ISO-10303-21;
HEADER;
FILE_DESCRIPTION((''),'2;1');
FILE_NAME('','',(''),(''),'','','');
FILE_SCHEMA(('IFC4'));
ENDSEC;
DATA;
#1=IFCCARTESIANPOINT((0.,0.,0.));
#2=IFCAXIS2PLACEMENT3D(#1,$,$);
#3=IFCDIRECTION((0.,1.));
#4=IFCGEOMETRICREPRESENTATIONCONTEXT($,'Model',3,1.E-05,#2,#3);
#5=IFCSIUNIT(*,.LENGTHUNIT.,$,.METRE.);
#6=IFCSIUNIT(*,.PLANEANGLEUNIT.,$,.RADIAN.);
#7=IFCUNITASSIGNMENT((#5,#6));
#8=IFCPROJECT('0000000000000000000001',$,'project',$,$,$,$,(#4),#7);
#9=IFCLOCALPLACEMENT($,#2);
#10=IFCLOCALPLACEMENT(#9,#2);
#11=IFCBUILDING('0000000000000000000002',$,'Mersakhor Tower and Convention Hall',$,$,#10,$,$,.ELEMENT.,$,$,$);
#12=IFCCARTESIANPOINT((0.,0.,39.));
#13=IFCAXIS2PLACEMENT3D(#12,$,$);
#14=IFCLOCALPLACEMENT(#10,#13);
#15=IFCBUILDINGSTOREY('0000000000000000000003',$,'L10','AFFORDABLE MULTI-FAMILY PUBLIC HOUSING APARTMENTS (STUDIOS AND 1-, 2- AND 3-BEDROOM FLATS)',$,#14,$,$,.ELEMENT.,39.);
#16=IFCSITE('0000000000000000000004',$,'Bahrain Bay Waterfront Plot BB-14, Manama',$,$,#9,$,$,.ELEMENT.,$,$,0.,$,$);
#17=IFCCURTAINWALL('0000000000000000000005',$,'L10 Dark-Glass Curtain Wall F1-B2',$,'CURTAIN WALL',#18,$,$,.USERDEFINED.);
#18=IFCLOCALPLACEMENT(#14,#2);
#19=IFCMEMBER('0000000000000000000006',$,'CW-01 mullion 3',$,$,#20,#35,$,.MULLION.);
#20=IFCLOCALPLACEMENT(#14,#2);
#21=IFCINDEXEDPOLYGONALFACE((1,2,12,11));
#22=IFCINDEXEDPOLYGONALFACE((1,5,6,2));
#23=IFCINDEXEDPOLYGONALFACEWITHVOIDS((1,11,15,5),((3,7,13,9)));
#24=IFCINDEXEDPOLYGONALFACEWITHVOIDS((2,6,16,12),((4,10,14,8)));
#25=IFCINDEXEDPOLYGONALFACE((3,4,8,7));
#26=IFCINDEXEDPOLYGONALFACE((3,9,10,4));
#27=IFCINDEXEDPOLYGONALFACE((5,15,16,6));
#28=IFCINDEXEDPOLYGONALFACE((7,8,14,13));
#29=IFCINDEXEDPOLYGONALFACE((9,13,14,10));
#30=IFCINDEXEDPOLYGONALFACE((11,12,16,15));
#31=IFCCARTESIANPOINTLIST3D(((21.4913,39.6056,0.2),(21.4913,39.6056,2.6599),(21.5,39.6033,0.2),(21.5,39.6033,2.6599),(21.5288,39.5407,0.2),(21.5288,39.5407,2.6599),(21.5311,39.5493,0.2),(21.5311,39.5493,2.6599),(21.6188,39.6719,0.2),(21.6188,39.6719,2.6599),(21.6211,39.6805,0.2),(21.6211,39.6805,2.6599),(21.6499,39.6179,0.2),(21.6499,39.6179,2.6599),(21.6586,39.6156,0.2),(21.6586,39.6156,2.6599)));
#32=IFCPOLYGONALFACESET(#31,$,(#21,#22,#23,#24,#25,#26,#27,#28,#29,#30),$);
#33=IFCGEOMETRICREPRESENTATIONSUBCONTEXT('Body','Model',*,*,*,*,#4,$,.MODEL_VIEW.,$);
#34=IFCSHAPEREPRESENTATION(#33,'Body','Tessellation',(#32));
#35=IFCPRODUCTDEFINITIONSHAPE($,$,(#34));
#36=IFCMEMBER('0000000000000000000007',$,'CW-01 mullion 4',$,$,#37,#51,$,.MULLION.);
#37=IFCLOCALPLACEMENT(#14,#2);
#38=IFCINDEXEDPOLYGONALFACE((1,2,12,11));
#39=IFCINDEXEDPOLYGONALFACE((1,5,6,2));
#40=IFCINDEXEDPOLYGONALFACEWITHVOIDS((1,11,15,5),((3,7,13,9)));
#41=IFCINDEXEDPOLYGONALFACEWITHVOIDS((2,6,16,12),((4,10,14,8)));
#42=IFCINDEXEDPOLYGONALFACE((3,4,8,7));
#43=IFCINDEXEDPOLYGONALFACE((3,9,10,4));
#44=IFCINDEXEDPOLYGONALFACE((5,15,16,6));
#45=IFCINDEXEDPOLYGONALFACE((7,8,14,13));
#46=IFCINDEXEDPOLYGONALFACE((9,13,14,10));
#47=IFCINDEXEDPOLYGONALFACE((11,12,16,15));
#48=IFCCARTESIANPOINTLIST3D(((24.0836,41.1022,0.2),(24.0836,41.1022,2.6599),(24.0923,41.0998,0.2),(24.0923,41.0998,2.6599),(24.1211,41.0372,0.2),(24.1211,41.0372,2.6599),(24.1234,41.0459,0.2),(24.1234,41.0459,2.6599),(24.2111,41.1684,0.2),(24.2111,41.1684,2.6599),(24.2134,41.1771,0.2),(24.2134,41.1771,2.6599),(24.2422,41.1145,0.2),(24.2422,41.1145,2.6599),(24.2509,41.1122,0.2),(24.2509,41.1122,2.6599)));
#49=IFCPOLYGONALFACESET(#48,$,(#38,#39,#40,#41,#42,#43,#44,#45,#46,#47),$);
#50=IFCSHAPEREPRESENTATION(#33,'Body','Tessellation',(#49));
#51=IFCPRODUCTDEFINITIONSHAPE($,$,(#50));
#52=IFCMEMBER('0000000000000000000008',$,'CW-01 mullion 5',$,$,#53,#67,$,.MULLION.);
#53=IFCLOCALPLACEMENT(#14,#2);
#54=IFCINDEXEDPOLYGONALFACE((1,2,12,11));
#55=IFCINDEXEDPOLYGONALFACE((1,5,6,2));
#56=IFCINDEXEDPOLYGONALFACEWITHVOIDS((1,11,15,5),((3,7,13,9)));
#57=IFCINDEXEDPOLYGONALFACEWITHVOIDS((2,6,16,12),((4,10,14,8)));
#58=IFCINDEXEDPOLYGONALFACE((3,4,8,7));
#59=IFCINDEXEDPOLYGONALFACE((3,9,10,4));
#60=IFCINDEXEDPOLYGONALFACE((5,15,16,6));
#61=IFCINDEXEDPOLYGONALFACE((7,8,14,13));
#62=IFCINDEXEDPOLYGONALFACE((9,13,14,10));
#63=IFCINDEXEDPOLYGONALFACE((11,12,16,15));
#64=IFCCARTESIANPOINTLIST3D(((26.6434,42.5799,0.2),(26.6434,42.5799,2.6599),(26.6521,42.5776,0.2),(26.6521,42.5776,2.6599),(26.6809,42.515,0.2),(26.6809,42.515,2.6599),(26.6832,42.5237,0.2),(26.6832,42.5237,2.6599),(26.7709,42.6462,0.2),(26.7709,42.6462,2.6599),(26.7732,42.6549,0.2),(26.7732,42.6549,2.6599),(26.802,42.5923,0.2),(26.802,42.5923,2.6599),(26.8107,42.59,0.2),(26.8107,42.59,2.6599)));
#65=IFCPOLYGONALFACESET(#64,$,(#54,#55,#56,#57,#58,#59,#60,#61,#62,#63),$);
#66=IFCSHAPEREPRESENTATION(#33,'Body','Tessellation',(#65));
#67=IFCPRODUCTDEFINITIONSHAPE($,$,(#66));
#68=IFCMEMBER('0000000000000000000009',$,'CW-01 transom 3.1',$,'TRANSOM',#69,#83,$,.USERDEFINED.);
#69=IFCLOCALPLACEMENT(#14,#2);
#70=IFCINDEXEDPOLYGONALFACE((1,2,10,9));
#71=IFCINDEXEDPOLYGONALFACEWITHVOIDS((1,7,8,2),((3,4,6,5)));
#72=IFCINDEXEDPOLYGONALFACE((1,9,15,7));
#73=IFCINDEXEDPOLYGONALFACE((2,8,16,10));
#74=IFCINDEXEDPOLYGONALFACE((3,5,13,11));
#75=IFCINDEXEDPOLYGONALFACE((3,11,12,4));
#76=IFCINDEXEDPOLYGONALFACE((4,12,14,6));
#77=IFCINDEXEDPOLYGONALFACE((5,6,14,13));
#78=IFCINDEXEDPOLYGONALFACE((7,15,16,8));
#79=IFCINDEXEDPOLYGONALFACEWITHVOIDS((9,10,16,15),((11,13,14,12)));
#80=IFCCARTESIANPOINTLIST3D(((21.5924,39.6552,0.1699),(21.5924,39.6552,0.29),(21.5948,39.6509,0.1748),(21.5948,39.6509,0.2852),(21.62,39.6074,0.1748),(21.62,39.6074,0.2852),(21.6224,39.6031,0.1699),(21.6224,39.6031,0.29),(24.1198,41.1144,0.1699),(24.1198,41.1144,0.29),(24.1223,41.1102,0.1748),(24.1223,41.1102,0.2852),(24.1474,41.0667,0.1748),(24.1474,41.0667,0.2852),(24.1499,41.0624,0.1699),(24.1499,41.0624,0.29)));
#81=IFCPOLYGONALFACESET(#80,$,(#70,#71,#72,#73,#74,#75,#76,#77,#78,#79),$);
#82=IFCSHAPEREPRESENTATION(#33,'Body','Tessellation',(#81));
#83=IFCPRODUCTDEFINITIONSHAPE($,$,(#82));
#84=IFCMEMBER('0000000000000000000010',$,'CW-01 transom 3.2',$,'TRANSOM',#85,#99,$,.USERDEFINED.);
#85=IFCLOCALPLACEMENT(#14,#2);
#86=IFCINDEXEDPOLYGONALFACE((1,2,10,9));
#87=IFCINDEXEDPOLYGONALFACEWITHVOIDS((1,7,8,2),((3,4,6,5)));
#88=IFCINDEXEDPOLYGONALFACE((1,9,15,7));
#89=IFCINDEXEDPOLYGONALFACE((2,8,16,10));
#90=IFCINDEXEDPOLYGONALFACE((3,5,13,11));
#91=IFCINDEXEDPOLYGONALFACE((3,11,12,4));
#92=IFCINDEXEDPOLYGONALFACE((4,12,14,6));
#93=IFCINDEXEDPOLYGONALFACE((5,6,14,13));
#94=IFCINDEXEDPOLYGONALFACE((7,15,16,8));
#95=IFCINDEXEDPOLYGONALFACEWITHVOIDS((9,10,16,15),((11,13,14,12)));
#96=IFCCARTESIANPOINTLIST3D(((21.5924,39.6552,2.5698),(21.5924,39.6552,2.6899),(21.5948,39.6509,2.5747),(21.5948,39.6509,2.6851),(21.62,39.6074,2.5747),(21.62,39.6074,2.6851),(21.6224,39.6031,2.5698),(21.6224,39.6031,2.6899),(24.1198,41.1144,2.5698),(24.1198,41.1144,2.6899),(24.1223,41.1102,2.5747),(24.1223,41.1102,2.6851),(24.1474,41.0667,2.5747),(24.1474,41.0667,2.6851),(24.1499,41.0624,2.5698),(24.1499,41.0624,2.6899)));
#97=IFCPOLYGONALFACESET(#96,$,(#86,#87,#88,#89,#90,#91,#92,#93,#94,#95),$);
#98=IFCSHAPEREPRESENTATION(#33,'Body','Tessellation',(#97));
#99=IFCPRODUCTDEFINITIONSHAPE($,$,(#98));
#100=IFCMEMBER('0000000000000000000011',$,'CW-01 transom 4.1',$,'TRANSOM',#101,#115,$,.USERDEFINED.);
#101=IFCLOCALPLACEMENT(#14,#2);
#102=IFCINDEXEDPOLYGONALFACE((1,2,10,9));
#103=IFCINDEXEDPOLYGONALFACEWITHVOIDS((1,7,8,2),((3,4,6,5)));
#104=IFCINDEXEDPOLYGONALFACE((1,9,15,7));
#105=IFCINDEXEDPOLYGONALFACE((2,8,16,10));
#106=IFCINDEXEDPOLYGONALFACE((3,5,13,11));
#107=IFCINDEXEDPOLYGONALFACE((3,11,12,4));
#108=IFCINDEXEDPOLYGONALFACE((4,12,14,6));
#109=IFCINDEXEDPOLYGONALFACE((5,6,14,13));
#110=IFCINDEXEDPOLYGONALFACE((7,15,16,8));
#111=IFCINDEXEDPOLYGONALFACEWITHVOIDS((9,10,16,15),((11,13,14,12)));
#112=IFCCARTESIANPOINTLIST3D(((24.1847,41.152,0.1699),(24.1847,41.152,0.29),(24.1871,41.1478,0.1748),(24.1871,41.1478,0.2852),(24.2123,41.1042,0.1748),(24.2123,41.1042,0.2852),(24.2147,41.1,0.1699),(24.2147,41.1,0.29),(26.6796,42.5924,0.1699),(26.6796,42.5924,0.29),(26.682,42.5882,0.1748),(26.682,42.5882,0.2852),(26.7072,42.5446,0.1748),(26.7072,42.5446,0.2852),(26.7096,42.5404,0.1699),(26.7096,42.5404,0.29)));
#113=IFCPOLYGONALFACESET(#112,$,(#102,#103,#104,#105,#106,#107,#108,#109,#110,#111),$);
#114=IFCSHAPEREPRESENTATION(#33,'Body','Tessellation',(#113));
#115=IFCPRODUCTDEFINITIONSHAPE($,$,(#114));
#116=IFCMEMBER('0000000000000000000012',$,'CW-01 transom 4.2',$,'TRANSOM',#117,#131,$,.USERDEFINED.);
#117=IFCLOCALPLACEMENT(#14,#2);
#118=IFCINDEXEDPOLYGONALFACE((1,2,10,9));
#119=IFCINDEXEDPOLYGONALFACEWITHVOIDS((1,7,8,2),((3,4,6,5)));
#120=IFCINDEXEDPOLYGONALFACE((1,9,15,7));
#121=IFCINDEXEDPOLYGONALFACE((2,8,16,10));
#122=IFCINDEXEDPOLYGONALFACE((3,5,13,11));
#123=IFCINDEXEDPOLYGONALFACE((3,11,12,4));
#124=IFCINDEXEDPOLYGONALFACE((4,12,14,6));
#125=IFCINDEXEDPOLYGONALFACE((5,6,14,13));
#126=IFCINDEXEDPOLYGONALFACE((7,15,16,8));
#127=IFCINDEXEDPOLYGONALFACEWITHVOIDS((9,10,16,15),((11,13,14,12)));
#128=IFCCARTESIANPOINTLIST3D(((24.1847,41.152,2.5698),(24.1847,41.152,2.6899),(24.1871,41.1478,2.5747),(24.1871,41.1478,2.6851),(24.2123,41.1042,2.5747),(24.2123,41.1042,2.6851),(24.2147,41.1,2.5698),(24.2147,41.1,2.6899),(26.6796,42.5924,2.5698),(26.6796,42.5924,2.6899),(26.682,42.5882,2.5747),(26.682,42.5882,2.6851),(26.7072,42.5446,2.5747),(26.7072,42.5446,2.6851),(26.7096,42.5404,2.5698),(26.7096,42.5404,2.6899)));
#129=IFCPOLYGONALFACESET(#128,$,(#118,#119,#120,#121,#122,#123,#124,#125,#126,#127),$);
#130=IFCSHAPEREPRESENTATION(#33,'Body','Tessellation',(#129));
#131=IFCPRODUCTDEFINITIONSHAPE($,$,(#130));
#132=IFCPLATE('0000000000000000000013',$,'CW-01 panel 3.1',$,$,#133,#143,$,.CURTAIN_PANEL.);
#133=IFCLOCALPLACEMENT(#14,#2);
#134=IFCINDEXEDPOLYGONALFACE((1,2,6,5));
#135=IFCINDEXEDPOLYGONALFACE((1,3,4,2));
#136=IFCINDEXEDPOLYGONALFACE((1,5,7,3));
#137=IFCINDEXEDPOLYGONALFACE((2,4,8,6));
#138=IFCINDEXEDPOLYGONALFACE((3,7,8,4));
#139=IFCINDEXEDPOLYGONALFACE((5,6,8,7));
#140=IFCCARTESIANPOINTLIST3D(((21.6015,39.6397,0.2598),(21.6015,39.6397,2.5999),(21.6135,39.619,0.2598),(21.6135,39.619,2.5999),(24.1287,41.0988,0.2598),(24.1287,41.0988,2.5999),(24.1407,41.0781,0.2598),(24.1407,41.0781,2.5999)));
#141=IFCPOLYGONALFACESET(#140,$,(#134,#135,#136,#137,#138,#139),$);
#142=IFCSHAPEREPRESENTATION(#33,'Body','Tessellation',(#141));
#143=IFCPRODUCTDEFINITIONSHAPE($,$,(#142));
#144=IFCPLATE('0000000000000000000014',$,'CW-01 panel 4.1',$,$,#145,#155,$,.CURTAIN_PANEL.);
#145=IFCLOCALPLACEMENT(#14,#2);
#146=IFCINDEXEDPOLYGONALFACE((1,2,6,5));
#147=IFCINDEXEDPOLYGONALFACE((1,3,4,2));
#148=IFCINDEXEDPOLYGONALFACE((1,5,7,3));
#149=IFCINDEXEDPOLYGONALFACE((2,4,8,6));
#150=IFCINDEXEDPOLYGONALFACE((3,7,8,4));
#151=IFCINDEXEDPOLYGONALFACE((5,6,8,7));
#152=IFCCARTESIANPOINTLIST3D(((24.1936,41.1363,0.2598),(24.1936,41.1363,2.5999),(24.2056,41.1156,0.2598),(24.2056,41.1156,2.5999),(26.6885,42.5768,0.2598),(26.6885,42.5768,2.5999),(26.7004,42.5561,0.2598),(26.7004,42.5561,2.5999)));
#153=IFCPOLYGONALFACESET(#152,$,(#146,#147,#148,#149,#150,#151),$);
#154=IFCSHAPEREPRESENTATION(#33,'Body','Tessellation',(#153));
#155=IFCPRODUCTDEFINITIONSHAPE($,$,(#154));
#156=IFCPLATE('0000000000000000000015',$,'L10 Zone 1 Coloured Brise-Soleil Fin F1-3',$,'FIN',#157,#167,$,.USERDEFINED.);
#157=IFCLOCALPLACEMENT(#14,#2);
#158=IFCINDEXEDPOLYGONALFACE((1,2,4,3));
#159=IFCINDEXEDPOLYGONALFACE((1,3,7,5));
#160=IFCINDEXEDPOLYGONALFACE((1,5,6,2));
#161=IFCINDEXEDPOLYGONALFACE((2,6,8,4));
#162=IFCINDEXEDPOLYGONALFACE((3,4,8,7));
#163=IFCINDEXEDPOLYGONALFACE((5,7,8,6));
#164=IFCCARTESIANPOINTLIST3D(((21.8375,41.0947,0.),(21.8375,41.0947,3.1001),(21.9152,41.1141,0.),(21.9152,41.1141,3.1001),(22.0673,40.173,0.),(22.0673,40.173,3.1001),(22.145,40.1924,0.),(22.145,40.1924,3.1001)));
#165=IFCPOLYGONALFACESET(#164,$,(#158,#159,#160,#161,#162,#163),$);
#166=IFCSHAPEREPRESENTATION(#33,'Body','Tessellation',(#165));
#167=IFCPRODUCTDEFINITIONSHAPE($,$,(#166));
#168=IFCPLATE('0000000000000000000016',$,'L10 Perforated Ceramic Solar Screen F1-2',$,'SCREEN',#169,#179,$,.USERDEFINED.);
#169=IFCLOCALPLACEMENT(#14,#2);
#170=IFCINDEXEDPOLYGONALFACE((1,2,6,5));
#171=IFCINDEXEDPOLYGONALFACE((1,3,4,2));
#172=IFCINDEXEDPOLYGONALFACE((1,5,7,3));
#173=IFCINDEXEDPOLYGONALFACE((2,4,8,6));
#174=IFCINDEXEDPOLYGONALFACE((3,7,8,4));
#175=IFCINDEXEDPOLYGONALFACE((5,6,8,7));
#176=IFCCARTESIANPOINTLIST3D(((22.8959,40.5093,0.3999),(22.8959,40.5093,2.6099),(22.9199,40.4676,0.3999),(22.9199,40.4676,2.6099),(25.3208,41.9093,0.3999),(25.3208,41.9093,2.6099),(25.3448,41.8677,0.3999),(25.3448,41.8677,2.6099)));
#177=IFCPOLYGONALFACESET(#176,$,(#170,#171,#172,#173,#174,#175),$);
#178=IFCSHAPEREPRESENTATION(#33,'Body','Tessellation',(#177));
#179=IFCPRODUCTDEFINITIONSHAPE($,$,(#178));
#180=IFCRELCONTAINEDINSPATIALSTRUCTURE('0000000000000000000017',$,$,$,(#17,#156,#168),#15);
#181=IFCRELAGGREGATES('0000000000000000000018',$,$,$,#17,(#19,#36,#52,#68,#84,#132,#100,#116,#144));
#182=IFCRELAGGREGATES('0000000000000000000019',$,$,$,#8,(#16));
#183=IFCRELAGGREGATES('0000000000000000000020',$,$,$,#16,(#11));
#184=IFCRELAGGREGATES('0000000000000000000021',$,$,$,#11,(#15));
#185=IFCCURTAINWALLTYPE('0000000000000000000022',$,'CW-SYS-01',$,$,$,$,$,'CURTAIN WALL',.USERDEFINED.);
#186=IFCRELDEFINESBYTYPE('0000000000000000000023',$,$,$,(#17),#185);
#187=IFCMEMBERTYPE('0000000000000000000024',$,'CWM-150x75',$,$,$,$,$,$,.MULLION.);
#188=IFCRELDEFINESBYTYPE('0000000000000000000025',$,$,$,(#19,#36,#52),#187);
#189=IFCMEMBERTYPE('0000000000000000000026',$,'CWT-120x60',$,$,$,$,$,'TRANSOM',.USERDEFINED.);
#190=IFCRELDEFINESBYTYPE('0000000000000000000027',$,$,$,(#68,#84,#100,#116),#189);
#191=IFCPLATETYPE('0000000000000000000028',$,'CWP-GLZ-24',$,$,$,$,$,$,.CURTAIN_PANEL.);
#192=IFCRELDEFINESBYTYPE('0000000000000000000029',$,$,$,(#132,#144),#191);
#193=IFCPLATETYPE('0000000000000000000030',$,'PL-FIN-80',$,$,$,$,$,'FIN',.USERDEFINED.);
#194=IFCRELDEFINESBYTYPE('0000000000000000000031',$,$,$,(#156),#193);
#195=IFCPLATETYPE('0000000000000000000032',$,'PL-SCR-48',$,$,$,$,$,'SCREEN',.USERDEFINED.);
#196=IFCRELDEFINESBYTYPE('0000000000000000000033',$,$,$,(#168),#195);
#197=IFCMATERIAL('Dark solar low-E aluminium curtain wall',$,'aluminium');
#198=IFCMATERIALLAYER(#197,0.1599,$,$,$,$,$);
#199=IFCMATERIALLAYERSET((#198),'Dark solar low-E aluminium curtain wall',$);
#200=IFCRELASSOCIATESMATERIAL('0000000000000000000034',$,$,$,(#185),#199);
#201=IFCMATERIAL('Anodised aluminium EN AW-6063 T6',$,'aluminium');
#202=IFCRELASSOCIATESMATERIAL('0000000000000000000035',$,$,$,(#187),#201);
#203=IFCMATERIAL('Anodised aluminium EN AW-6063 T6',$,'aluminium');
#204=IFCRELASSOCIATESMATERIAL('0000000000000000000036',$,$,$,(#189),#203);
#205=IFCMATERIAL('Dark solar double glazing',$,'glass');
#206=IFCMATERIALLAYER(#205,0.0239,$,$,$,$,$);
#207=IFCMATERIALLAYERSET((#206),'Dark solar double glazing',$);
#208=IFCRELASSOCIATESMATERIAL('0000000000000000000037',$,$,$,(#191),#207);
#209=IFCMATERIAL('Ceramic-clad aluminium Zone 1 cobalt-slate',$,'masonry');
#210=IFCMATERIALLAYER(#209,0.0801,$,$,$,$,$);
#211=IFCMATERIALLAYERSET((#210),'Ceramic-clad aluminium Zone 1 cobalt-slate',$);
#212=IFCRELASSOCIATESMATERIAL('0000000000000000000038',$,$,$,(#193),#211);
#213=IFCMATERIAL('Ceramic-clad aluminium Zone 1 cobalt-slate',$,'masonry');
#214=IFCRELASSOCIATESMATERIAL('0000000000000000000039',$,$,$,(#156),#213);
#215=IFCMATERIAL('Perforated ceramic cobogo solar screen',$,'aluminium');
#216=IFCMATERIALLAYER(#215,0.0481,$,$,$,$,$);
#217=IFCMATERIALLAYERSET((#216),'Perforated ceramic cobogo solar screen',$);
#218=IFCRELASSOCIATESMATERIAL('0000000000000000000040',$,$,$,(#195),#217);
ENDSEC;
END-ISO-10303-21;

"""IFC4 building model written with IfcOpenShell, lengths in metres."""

from ifc_helpers import new_model, si_unit, direction, frame, origin, origin_2d, place, context, subcontext, project, spatial, rectangle, hollow_rectangle, extrude, material, layer, layer_set, material_profile, profile_set, type_object, element, aggregate, save


model = new_model("IFC4")

# Units and contexts
model_context = context("Model", 3, precision=1e-05, world=origin(), true_north=direction((0.0, 1.0)))
body_context = subcontext(model_context, "Body", "Model", "MODEL_VIEW")
ifc_project = project(units=[si_unit("LENGTHUNIT", "METRE"), si_unit("PLANEANGLEUNIT", "RADIAN")], contexts=[model_context])

# Site, building, storey
site_placement = place(None, origin())
site = spatial("IfcSite", under=ifc_project, at=site_placement, Name="Bahrain Bay Waterfront Plot BB-14, Manama", CompositionType="ELEMENT", RefElevation=0.0)
building_placement = place(site_placement, origin())
building = spatial("IfcBuilding", under=site, at=building_placement, Name="Mersakhor Tower and Convention Hall", CompositionType="ELEMENT")
storey_placement = place(building_placement, frame((0.0, 0.0, 39.0)))
storey = spatial("IfcBuildingStorey", under=building, at=storey_placement, Name="L10", Description="AFFORDABLE MULTI-FAMILY PUBLIC HOUSING APARTMENTS (STUDIOS AND 1-, 2- AND 3-BEDROOM FLATS)", CompositionType="ELEMENT", Elevation=39.0)

# Curtain wall, members, plates
ifc_material_1 = material(Name="Dark solar low-E aluminium curtain wall", Category="aluminium")
ifc_layer_1 = layer(ifc_material_1, 0.1599)
ifc_layer_set_1 = layer_set([ifc_layer_1], Name="Dark solar low-E aluminium curtain wall")
curtain_wall_type = type_object("IfcCurtainWallType", Name="CW-SYS-01", ElementType="CURTAIN WALL", PredefinedType="USERDEFINED", material=ifc_layer_set_1)
curtain_wall_placement = place(storey_placement, origin())
curtain_wall = element("IfcCurtainWall", 1, at=curtain_wall_placement, inside=storey, type_object=curtain_wall_type, Name="L10 Dark-Glass Curtain Wall F1-B2", ObjectType="CURTAIN WALL", PredefinedType="USERDEFINED")
ifc_material_2 = material(Name="Anodised aluminium EN AW-6063 T6", Category="aluminium")
ifc_material_profile_1 = material_profile(ifc_material_2, hollow_rectangle(XDim=0.075, YDim=0.1499, WallThickness=0.0063, at=origin_2d()), Name="RHS 150x75x6.3")
ifc_profile_set_1 = profile_set([ifc_material_profile_1], Name="Anodised aluminium EN AW-6063 T6")
member_type_1 = type_object("IfcMemberType", Name="CWM-150x75", PredefinedType="MULLION", material=ifc_profile_set_1)
member_1_placement = place(storey_placement, frame((21.575, 39.6106, 0.2), z_axis=(0.0, 0.0, 1.0), x_axis=(-0.500003, 0.866023, 0.0)))
member_1 = element("IfcMember", 2, at=member_1_placement, type_object=member_type_1, Name="CW-01 mullion 3", PredefinedType="MULLION", context=body_context, shape_type="SweptSolid", body=[
    extrude(hollow_rectangle(XDim=0.075, YDim=0.1499, WallThickness=0.0063, at=origin_2d()), origin(), (0.0, 0.0, 1.0), 2.46),
])
member_2_placement = place(storey_placement, frame((24.1672, 41.1072, 0.2), z_axis=(0.0, 0.0, 1.0), x_axis=(-0.500003, 0.866023, 0.0)))
member_2 = element("IfcMember", 3, at=member_2_placement, type_object=member_type_1, Name="CW-01 mullion 4", PredefinedType="MULLION", context=body_context, shape_type="SweptSolid", body=[
    extrude(hollow_rectangle(XDim=0.075, YDim=0.1499, WallThickness=0.0063, at=origin_2d()), origin(), (0.0, 0.0, 1.0), 2.46),
])
member_3_placement = place(storey_placement, frame((26.7271, 42.585, 0.2), z_axis=(0.0, 0.0, 1.0), x_axis=(-0.500003, 0.866023, 0.0)))
member_3 = element("IfcMember", 4, at=member_3_placement, type_object=member_type_1, Name="CW-01 mullion 5", PredefinedType="MULLION", context=body_context, shape_type="SweptSolid", body=[
    extrude(hollow_rectangle(XDim=0.075, YDim=0.1499, WallThickness=0.0063, at=origin_2d()), origin(), (0.0, 0.0, 1.0), 2.46),
])
ifc_material_3 = material(Name="Anodised aluminium EN AW-6063 T6", Category="aluminium")
ifc_material_profile_2 = material_profile(ifc_material_3, hollow_rectangle(XDim=0.0601, YDim=0.1201, WallThickness=0.0049, at=origin_2d()), Name="RHS 120x60x5")
ifc_profile_set_2 = profile_set([ifc_material_profile_2], Name="Anodised aluminium EN AW-6063 T6")
member_type_2 = type_object("IfcMemberType", Name="CWT-120x60", ElementType="TRANSOM", PredefinedType="USERDEFINED", material=ifc_profile_set_2)
member_4_placement = place(storey_placement, frame((21.6074, 39.6292, 0.23), z_axis=(0.866016, 0.500017, 0.0), x_axis=(-0.500017, 0.866016, 0.0)))
member_4 = element("IfcMember", 5, at=member_4_placement, type_object=member_type_2, Name="CW-01 transom 3.1", ObjectType="TRANSOM", PredefinedType="USERDEFINED", context=body_context, shape_type="SweptSolid", body=[
    extrude(hollow_rectangle(XDim=0.0601, YDim=0.1201, WallThickness=0.0049, at=origin_2d()), origin(), (0.0, 0.0, 1.0), 2.9185),
])
member_5_placement = place(storey_placement, frame((21.6074, 39.6292, 2.6299), z_axis=(0.866016, 0.500017, 0.0), x_axis=(-0.500017, 0.866016, 0.0)))
member_5 = element("IfcMember", 6, at=member_5_placement, type_object=member_type_2, Name="CW-01 transom 3.2", ObjectType="TRANSOM", PredefinedType="USERDEFINED", context=body_context, shape_type="SweptSolid", body=[
    extrude(hollow_rectangle(XDim=0.0601, YDim=0.1201, WallThickness=0.0049, at=origin_2d()), origin(), (0.0, 0.0, 1.0), 2.9185),
])
member_6_placement = place(storey_placement, frame((24.1997, 41.126, 0.23), z_axis=(0.866023, 0.500004, 0.0), x_axis=(-0.500004, 0.866023, 0.0)))
member_6 = element("IfcMember", 7, at=member_6_placement, type_object=member_type_2, Name="CW-01 transom 4.1", ObjectType="TRANSOM", PredefinedType="USERDEFINED", context=body_context, shape_type="SweptSolid", body=[
    extrude(hollow_rectangle(XDim=0.0601, YDim=0.1201, WallThickness=0.0049, at=origin_2d()), origin(), (0.0, 0.0, 1.0), 2.8809),
])
member_7_placement = place(storey_placement, frame((24.1997, 41.126, 2.6299), z_axis=(0.866023, 0.500004, 0.0), x_axis=(-0.500004, 0.866023, 0.0)))
member_7 = element("IfcMember", 8, at=member_7_placement, type_object=member_type_2, Name="CW-01 transom 4.2", ObjectType="TRANSOM", PredefinedType="USERDEFINED", context=body_context, shape_type="SweptSolid", body=[
    extrude(hollow_rectangle(XDim=0.0601, YDim=0.1201, WallThickness=0.0049, at=origin_2d()), origin(), (0.0, 0.0, 1.0), 2.8809),
])
ifc_material_4 = material(Name="Dark solar double glazing", Category="glass")
ifc_layer_2 = layer(ifc_material_4, 0.0239)
ifc_layer_set_2 = layer_set([ifc_layer_2], Name="Dark solar double glazing")
plate_type_1 = type_object("IfcPlateType", Name="CWP-GLZ-24", PredefinedType="CURTAIN_PANEL", material=ifc_layer_set_2)
plate_1_placement = place(storey_placement, frame((22.8711, 40.3589, 0.2598), z_axis=(0.0, 0.0, 1.0), x_axis=(0.866023, 0.500003, 0.0)))
plate_1 = element("IfcPlate", 9, at=plate_1_placement, type_object=plate_type_1, Name="CW-01 panel 3.1", PredefinedType="CURTAIN_PANEL", context=body_context, shape_type="SweptSolid", body=[
    extrude(rectangle(XDim=2.9182, YDim=0.0239, at=origin_2d()), origin(), (0.0, 0.0, 1.0), 2.3401),
])
plate_2_placement = place(storey_placement, frame((25.447, 41.8462, 0.2598), z_axis=(0.0, 0.0, 1.0), x_axis=(0.866023, 0.500003, 0.0)))
plate_2 = element("IfcPlate", 10, at=plate_2_placement, type_object=plate_type_1, Name="CW-01 panel 4.1", PredefinedType="CURTAIN_PANEL", context=body_context, shape_type="SweptSolid", body=[
    extrude(rectangle(XDim=2.8809, YDim=0.0239, at=origin_2d()), origin(), (0.0, 0.0, 1.0), 2.3401),
])
aggregate(curtain_wall, [member_1, member_2, member_3, member_4, member_5, plate_1, member_6, member_7, plate_2])

# Plates
ifc_material_5 = material(Name="Ceramic-clad aluminium Zone 1 cobalt-slate", Category="masonry")
ifc_material_6 = material(Name="Ceramic-clad aluminium Zone 1 cobalt-slate", Category="masonry")
ifc_layer_3 = layer(ifc_material_6, 0.0801)
ifc_layer_set_3 = layer_set([ifc_layer_3], Name="Ceramic-clad aluminium Zone 1 cobalt-slate")
plate_type_2 = type_object("IfcPlateType", Name="PL-FIN-80", ElementType="FIN", PredefinedType="USERDEFINED", material=ifc_layer_set_3)
plate_3_placement = place(storey_placement, frame((21.9912, 40.6436, 0.0), z_axis=(0.0, 0.0, 1.0), x_axis=(-0.241922, 0.970296, 0.0)))
element("IfcPlate", 11, at=plate_3_placement, inside=storey, type_object=plate_type_2, material=ifc_material_5, Name="L10 Zone 1 Coloured Brise-Soleil Fin F1-3", ObjectType="FIN", PredefinedType="USERDEFINED", context=body_context, shape_type="SweptSolid", body=[
    extrude(rectangle(XDim=0.95, YDim=0.0801, at=origin_2d()), origin(), (0.0, 0.0, 1.0), 3.1001),
])
ifc_material_7 = material(Name="Perforated ceramic cobogo solar screen", Category="aluminium")
ifc_layer_4 = layer(ifc_material_7, 0.0481)
ifc_layer_set_4 = layer_set([ifc_layer_4], Name="Perforated ceramic cobogo solar screen")
plate_type_3 = type_object("IfcPlateType", Name="PL-SCR-48", ElementType="SCREEN", PredefinedType="USERDEFINED", material=ifc_layer_set_4)
plate_4_placement = place(storey_placement, frame((24.1204, 41.1885, 0.3999), z_axis=(0.0, 0.0, 1.0), x_axis=(0.866025, 0.5, 0.0)))
element("IfcPlate", 12, at=plate_4_placement, inside=storey, type_object=plate_type_3, Name="L10 Perforated Ceramic Solar Screen F1-2", ObjectType="SCREEN", PredefinedType="USERDEFINED", context=body_context, shape_type="SweptSolid", body=[
    extrude(rectangle(XDim=2.8, YDim=0.0481, at=origin_2d()), origin(), (0.0, 0.0, 1.0), 2.21),
])

save(model, "model.ifc")
